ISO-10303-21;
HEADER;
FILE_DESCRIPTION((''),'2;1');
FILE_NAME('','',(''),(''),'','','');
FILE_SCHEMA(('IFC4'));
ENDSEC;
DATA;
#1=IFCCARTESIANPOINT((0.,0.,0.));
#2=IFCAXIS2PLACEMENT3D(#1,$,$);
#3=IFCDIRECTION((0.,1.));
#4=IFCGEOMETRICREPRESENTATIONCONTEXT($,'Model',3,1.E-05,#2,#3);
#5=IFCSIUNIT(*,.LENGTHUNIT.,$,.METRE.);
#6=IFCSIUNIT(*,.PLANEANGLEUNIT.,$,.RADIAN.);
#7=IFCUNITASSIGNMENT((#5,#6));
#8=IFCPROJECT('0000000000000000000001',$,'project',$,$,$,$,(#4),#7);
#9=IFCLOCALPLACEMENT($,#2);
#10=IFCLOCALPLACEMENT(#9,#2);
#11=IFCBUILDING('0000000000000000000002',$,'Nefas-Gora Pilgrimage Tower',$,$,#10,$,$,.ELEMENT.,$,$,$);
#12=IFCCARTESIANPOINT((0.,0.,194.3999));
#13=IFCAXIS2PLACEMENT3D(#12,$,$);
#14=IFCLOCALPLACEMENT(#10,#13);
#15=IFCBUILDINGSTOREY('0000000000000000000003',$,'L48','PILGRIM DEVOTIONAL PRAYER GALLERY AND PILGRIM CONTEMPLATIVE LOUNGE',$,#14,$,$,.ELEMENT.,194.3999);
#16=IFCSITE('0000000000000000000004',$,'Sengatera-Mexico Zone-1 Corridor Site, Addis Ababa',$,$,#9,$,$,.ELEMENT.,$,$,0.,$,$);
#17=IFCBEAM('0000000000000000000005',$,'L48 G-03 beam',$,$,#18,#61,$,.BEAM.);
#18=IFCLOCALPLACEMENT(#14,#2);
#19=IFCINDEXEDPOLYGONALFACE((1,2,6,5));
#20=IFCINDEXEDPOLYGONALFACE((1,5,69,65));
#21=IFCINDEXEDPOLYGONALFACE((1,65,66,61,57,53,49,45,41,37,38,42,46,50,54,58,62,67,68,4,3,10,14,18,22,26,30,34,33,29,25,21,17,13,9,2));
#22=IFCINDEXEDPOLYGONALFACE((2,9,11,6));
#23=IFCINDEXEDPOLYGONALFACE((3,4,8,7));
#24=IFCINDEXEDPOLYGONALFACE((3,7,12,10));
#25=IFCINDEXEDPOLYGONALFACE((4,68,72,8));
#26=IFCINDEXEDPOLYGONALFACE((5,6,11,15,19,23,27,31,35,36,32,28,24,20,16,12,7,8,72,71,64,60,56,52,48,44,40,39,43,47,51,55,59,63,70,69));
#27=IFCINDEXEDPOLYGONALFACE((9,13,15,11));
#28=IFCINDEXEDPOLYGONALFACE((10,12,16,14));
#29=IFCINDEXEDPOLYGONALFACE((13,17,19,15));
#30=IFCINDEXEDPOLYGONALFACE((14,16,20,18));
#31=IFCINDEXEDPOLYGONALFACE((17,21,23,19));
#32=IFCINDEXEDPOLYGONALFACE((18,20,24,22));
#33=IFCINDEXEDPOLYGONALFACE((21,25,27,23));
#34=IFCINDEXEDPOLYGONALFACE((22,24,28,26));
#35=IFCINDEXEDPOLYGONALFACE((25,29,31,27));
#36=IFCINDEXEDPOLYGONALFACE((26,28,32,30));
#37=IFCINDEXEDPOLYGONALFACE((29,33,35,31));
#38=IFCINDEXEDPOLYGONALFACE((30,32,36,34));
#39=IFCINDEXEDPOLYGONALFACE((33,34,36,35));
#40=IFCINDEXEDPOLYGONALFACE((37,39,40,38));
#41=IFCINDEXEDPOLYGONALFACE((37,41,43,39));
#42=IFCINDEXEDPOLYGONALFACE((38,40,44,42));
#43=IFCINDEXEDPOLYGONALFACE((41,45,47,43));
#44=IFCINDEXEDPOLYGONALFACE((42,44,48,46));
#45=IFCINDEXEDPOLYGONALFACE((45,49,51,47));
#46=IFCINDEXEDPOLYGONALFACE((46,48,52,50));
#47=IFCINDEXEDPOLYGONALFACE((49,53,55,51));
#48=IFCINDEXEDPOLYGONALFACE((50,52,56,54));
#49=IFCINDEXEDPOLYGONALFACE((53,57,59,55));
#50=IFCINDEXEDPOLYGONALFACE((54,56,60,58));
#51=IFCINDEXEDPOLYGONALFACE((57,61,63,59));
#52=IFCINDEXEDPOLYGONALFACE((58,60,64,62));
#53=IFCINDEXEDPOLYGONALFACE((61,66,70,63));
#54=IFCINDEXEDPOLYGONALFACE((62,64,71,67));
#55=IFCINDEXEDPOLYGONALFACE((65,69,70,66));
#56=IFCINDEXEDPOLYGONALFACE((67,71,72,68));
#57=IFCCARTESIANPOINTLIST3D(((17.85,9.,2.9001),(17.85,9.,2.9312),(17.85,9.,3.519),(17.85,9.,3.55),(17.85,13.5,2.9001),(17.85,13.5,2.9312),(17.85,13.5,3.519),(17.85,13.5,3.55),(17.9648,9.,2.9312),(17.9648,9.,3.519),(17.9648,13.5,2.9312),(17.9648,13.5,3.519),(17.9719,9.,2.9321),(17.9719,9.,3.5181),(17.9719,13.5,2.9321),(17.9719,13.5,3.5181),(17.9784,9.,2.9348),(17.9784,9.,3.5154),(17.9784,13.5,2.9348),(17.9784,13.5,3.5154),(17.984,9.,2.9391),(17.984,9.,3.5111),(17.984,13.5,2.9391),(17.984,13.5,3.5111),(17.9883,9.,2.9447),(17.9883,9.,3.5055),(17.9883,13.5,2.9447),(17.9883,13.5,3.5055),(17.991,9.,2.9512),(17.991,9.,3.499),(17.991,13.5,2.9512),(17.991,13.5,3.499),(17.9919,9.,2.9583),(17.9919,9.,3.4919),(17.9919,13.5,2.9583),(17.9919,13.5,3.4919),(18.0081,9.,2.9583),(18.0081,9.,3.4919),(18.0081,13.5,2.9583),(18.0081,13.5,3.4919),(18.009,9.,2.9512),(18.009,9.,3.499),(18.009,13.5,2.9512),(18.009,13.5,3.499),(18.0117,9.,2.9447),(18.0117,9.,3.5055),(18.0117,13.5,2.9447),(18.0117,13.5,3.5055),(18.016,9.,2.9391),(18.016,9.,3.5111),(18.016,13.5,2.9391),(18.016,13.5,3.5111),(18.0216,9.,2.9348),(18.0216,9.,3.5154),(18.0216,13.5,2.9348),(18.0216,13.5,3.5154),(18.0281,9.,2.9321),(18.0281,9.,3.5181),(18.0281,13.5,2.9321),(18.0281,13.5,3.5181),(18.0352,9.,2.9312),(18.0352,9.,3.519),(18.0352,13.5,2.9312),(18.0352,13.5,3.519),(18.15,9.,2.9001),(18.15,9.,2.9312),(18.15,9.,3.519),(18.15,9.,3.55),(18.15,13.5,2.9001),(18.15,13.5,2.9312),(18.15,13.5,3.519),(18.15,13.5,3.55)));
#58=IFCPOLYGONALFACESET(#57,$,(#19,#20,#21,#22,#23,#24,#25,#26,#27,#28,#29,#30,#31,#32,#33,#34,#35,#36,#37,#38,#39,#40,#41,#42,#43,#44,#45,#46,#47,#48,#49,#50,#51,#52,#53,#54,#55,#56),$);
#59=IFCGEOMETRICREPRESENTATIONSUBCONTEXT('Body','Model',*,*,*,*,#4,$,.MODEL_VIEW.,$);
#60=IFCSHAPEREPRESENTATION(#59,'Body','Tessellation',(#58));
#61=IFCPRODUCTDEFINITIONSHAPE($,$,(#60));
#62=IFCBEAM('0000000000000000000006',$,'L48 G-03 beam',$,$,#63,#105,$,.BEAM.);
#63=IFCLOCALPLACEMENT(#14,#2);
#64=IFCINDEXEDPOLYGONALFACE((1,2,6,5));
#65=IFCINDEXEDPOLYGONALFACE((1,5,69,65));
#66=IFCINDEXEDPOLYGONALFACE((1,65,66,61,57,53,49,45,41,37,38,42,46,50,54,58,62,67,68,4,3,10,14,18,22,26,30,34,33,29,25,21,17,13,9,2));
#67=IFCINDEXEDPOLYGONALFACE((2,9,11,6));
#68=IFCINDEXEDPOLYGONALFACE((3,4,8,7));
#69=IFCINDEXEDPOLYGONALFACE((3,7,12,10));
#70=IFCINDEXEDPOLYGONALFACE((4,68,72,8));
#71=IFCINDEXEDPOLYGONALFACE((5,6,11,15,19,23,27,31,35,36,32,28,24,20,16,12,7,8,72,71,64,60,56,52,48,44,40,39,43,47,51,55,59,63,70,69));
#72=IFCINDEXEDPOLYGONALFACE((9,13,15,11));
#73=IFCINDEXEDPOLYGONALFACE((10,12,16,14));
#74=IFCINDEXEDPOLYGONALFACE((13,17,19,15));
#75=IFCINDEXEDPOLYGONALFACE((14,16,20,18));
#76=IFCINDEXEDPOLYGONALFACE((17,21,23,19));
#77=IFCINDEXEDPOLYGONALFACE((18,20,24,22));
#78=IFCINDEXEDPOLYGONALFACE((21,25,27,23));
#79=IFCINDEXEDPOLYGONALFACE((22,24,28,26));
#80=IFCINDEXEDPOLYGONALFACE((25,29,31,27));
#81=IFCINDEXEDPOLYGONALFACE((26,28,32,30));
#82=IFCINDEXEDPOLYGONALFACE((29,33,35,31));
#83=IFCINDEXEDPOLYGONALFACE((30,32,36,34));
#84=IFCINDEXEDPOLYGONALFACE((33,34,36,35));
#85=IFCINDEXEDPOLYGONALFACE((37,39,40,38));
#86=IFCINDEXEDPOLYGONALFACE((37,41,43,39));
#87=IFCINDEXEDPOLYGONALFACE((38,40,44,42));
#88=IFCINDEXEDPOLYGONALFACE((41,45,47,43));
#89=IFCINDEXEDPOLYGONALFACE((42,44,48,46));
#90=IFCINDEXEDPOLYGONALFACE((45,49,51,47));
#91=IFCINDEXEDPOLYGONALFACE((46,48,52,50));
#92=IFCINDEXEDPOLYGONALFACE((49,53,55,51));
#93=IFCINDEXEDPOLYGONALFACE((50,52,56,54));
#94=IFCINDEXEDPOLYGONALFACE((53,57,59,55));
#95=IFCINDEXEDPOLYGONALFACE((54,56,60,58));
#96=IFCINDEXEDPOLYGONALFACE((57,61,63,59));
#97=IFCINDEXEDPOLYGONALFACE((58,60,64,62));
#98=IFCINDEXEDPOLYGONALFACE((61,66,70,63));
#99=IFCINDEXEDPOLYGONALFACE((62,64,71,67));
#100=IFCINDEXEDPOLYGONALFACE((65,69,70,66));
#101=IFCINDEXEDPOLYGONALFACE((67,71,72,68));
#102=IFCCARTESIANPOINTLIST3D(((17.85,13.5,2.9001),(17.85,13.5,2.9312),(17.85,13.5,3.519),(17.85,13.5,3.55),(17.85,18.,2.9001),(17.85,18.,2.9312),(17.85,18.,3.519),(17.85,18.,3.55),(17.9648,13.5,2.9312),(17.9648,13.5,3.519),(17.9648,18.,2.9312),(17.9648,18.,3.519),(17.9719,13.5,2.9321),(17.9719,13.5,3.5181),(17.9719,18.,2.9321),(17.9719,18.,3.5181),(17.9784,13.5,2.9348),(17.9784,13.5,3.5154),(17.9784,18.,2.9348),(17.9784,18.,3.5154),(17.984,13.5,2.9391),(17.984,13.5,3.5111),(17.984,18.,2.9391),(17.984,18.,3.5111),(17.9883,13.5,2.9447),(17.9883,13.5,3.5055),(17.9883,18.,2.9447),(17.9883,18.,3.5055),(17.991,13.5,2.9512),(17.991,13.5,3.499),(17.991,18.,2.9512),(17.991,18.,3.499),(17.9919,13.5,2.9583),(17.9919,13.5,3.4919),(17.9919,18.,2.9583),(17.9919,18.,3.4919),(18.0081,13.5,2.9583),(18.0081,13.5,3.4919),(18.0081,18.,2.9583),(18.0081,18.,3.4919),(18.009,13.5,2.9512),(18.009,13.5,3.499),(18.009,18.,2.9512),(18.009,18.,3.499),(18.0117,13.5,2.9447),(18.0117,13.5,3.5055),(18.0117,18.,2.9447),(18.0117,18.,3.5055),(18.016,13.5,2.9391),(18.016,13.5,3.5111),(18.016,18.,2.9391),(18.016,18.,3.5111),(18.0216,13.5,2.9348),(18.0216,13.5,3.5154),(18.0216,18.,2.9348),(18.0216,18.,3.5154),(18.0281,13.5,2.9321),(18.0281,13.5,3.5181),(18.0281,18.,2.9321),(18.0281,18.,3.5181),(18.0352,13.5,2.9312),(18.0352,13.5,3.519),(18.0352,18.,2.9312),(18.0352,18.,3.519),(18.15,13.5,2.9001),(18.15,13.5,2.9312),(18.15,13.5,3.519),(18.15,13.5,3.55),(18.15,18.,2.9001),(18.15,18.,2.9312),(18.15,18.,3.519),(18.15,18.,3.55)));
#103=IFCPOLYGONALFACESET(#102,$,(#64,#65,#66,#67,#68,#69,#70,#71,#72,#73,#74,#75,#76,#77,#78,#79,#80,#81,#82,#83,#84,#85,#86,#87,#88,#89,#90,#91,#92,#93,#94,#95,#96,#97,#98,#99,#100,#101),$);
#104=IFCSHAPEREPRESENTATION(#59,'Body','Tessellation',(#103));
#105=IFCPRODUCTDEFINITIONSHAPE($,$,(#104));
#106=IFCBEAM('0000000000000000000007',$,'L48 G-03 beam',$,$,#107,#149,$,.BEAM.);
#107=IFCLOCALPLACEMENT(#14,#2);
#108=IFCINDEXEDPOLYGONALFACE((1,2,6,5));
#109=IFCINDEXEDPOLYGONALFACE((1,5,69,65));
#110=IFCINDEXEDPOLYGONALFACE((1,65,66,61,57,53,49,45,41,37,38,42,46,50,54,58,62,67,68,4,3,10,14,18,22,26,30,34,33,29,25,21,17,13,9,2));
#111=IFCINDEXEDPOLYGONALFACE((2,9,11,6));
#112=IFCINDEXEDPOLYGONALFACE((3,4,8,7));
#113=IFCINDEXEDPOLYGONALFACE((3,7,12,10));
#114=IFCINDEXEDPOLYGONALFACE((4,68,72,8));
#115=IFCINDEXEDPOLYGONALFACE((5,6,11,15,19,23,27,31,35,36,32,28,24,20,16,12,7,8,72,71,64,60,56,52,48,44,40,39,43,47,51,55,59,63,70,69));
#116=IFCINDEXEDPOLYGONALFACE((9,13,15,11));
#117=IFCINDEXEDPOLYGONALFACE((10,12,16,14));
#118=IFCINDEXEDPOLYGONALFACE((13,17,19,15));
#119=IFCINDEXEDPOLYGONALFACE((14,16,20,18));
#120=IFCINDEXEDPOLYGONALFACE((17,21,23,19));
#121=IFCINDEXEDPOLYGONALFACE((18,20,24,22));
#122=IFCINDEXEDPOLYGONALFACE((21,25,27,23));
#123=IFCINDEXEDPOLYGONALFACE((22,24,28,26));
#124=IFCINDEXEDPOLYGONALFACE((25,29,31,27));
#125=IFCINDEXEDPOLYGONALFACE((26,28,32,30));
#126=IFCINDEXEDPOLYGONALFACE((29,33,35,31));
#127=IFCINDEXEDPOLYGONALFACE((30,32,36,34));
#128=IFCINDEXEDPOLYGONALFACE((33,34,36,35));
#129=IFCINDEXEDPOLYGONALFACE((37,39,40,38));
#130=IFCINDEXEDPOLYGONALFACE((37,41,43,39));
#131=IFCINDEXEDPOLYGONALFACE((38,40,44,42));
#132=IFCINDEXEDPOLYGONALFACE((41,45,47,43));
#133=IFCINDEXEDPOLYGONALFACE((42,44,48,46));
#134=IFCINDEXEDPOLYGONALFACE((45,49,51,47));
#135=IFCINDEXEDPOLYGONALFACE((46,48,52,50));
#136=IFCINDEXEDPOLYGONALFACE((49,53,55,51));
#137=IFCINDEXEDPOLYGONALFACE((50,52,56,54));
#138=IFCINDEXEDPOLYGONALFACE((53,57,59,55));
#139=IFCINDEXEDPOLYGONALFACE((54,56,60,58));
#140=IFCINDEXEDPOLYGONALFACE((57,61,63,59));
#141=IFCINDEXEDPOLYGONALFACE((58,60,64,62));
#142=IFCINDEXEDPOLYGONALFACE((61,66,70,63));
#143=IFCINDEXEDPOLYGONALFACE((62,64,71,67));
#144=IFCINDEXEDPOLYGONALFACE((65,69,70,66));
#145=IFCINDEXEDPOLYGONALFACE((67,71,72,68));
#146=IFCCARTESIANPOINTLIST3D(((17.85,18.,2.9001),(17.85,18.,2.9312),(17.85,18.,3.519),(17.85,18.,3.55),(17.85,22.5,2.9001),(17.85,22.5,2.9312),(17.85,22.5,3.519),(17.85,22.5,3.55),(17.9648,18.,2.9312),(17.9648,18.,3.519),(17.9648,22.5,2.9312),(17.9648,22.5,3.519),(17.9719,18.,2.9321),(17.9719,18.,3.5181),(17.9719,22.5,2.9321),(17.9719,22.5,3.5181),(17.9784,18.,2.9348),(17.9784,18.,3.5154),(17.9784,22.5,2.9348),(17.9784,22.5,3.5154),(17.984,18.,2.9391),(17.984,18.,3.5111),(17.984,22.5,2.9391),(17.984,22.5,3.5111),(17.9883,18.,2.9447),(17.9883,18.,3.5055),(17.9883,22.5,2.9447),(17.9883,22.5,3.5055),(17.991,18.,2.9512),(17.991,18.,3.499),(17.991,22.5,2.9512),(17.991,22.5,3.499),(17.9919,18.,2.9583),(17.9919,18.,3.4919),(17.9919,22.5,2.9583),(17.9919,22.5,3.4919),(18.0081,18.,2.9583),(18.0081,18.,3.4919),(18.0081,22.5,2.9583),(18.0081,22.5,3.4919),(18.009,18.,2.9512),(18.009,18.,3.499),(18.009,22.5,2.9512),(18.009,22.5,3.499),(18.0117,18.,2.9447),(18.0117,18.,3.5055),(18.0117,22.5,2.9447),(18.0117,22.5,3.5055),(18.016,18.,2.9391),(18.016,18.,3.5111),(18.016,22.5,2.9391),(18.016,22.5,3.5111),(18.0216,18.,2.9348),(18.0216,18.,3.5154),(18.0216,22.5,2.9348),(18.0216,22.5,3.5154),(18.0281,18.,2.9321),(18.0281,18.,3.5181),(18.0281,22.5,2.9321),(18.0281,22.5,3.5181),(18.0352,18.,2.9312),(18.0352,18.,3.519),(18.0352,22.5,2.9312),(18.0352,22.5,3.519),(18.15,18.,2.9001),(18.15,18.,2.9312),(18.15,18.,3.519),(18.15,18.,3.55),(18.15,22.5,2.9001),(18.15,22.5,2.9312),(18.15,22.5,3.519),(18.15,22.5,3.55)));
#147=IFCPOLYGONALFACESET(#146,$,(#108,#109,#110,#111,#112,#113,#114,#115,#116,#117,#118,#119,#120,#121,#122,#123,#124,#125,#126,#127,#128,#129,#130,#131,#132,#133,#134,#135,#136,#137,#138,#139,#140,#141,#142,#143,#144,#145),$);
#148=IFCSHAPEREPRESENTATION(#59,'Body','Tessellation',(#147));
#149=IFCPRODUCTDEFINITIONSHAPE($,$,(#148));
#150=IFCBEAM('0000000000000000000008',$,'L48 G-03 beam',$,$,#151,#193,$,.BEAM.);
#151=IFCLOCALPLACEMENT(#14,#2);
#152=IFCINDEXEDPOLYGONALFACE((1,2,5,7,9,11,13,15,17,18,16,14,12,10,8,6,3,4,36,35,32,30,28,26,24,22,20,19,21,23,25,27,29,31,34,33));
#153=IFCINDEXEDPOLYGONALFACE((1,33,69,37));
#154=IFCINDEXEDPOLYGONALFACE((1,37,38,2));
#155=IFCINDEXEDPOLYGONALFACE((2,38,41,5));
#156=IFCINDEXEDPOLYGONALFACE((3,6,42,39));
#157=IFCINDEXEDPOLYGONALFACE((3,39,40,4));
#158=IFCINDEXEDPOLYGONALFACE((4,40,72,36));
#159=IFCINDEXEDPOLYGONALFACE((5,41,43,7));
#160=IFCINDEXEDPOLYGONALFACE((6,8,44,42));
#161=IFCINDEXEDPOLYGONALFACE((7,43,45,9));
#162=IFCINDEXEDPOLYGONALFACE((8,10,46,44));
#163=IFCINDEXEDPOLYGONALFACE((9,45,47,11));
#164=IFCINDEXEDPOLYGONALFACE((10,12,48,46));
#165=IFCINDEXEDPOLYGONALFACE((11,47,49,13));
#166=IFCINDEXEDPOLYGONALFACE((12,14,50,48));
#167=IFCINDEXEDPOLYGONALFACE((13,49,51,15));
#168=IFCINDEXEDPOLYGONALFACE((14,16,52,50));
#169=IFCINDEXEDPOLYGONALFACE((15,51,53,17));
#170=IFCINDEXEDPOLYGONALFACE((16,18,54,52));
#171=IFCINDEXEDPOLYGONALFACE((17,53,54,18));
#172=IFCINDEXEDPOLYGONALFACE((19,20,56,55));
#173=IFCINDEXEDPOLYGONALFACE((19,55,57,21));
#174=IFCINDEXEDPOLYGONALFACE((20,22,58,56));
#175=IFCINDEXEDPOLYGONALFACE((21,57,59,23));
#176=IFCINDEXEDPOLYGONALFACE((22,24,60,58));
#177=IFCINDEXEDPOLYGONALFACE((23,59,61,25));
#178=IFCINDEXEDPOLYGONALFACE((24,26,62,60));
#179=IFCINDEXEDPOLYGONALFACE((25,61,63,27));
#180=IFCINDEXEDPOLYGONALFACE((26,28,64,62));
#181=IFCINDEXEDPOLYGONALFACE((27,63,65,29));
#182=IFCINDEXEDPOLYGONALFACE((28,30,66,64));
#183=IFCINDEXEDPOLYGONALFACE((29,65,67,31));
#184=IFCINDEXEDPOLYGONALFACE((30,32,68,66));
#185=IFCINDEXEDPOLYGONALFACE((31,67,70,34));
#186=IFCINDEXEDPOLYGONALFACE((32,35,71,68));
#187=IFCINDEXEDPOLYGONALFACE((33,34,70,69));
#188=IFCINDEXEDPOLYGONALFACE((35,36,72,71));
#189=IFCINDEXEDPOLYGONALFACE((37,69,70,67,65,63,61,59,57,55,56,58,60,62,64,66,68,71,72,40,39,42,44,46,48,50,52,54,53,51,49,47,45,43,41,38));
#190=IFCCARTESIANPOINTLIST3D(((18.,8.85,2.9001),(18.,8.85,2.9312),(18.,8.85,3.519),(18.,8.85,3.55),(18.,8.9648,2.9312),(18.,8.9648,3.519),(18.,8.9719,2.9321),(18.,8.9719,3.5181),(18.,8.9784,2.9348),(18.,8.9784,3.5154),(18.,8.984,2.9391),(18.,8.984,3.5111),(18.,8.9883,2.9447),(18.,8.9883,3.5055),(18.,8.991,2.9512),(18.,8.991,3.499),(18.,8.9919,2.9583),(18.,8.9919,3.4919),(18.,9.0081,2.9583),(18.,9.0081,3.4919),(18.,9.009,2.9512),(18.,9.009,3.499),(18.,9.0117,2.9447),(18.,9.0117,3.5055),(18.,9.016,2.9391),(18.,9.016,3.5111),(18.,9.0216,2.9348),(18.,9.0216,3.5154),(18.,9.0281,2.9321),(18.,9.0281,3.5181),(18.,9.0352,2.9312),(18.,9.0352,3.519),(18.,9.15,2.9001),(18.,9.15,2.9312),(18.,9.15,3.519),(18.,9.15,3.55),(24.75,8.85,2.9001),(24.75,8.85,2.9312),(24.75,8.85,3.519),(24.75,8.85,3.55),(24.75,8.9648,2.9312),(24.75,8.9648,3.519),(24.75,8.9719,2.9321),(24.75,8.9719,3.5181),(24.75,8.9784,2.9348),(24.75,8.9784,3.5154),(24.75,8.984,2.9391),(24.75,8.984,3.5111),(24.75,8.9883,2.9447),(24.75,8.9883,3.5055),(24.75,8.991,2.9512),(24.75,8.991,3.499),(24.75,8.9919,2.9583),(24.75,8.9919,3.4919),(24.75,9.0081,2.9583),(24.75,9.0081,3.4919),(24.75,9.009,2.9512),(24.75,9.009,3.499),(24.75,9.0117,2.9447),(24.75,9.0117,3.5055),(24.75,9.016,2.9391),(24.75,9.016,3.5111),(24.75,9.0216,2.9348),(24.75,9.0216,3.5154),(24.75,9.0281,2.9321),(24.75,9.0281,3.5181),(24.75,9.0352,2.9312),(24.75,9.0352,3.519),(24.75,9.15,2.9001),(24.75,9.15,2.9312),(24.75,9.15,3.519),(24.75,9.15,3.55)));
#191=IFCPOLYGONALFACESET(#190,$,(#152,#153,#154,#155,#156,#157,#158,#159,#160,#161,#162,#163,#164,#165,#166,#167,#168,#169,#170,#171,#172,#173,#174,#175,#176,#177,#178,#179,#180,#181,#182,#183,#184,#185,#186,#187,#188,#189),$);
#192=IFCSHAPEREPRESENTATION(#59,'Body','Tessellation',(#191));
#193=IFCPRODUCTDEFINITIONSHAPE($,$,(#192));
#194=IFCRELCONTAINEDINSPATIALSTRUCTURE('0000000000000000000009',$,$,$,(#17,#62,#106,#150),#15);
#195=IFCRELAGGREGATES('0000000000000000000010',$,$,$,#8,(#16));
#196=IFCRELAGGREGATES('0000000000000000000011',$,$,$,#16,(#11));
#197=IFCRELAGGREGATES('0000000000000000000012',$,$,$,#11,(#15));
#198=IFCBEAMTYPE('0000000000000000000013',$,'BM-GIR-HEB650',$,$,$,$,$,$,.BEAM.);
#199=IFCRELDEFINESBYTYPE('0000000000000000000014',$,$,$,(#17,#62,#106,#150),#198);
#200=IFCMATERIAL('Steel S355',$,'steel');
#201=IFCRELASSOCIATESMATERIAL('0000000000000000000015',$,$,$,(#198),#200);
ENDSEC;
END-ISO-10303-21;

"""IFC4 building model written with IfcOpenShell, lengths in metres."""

from ifc_helpers import new_model, si_unit, direction, frame, origin, origin_2d, place, context, subcontext, project, spatial, i_section, extrude, source, transform, mapped, material, material_profile, profile_set, type_object, element, save


model = new_model("IFC4")

# Units and contexts
model_context = context("Model", 3, precision=1e-05, world=origin(), true_north=direction((0.0, 1.0)))
body_context = subcontext(model_context, "Body", "Model", "MODEL_VIEW")
ifc_project = project(units=[si_unit("LENGTHUNIT", "METRE"), si_unit("PLANEANGLEUNIT", "RADIAN")], contexts=[model_context])

# Site, building, storey
site_placement = place(None, origin())
site = spatial("IfcSite", under=ifc_project, at=site_placement, Name="Sengatera-Mexico Zone-1 Corridor Site, Addis Ababa", CompositionType="ELEMENT", RefElevation=0.0)
building_placement = place(site_placement, origin())
building = spatial("IfcBuilding", under=site, at=building_placement, Name="Nefas-Gora Pilgrimage Tower", CompositionType="ELEMENT")
storey_placement = place(building_placement, frame((0.0, 0.0, 194.3999)))
storey = spatial("IfcBuildingStorey", under=building, at=storey_placement, Name="L48", Description="PILGRIM DEVOTIONAL PRAYER GALLERY AND PILGRIM CONTEMPLATIVE LOUNGE", CompositionType="ELEMENT", Elevation=194.3999)

# Beams
ifc_material_1 = material(Name="Steel S355", Category="steel")
ifc_material_profile_1 = material_profile(ifc_material_1, i_section(OverallWidth=0.3, OverallDepth=0.6499, WebThickness=0.0161, FlangeThickness=0.031, FilletRadius=0.0271, at=origin_2d()), Name="HEB 650")
ifc_profile_set_1 = profile_set([ifc_material_profile_1], Name="Steel S355")
beam_type_1 = type_object("IfcBeamType", Name="BM-GIR-HEB650", PredefinedType="BEAM", material=ifc_profile_set_1)
shared_shape_1 = source(origin(), body_context, "Body", "SweptSolid", [
    extrude(i_section(OverallWidth=0.3, OverallDepth=0.6499, WebThickness=0.0161, FlangeThickness=0.031, FilletRadius=0.0271, at=origin_2d()), origin(), (0.0, 0.0, 1.0), 4.5),
])
for number, where, z_axis, x_axis, name in (
    (1, (18.0, 9.0, 3.2251), (0.0, 1.0, 0.0), (-1.0, 0.0, 0.0), "L48 G-03 beam"),
    (2, (18.0, 13.5, 3.2251), (0.0, 1.0, 0.0), (-1.0, 0.0, 0.0), "L48 G-03 beam"),
    (3, (18.0, 18.0, 3.2251), (0.0, 1.0, 0.0), (-1.0, 0.0, 0.0), "L48 G-03 beam"),
):
    element("IfcBeam", number, at=place(storey_placement, frame(where, z_axis=z_axis, x_axis=x_axis)), inside=storey, type_object=beam_type_1, Name=name, PredefinedType="BEAM", context=body_context, shape_type="MappedRepresentation", body=[
        mapped(shared_shape_1, transform((0.0, 0.0, 0.0), x_axis=(1.0, 0.0, 0.0), y_axis=(0.0, 1.0, 0.0), z_axis=(0.0, 0.0, 1.0), scale=1.0)),
    ])
shared_shape_2 = source(origin(), body_context, "Body", "SweptSolid", [
    extrude(i_section(OverallWidth=0.3, OverallDepth=0.6499, WebThickness=0.0161, FlangeThickness=0.031, FilletRadius=0.0271, at=origin_2d()), origin(), (0.0, 0.0, 1.0), 6.75),
])
for number, where, z_axis, x_axis, name in (
    (4, (18.0, 9.0, 3.2251), (1.0, 0.0, 0.0), (0.0, 1.0, 0.0), "L48 G-03 beam"),
):
    element("IfcBeam", number, at=place(storey_placement, frame(where, z_axis=z_axis, x_axis=x_axis)), inside=storey, type_object=beam_type_1, Name=name, PredefinedType="BEAM", context=body_context, shape_type="MappedRepresentation", body=[
        mapped(shared_shape_2, transform((0.0, 0.0, 0.0), x_axis=(1.0, 0.0, 0.0), y_axis=(0.0, 1.0, 0.0), z_axis=(0.0, 0.0, 1.0), scale=1.0)),
    ])

save(model, "model.ifc")
